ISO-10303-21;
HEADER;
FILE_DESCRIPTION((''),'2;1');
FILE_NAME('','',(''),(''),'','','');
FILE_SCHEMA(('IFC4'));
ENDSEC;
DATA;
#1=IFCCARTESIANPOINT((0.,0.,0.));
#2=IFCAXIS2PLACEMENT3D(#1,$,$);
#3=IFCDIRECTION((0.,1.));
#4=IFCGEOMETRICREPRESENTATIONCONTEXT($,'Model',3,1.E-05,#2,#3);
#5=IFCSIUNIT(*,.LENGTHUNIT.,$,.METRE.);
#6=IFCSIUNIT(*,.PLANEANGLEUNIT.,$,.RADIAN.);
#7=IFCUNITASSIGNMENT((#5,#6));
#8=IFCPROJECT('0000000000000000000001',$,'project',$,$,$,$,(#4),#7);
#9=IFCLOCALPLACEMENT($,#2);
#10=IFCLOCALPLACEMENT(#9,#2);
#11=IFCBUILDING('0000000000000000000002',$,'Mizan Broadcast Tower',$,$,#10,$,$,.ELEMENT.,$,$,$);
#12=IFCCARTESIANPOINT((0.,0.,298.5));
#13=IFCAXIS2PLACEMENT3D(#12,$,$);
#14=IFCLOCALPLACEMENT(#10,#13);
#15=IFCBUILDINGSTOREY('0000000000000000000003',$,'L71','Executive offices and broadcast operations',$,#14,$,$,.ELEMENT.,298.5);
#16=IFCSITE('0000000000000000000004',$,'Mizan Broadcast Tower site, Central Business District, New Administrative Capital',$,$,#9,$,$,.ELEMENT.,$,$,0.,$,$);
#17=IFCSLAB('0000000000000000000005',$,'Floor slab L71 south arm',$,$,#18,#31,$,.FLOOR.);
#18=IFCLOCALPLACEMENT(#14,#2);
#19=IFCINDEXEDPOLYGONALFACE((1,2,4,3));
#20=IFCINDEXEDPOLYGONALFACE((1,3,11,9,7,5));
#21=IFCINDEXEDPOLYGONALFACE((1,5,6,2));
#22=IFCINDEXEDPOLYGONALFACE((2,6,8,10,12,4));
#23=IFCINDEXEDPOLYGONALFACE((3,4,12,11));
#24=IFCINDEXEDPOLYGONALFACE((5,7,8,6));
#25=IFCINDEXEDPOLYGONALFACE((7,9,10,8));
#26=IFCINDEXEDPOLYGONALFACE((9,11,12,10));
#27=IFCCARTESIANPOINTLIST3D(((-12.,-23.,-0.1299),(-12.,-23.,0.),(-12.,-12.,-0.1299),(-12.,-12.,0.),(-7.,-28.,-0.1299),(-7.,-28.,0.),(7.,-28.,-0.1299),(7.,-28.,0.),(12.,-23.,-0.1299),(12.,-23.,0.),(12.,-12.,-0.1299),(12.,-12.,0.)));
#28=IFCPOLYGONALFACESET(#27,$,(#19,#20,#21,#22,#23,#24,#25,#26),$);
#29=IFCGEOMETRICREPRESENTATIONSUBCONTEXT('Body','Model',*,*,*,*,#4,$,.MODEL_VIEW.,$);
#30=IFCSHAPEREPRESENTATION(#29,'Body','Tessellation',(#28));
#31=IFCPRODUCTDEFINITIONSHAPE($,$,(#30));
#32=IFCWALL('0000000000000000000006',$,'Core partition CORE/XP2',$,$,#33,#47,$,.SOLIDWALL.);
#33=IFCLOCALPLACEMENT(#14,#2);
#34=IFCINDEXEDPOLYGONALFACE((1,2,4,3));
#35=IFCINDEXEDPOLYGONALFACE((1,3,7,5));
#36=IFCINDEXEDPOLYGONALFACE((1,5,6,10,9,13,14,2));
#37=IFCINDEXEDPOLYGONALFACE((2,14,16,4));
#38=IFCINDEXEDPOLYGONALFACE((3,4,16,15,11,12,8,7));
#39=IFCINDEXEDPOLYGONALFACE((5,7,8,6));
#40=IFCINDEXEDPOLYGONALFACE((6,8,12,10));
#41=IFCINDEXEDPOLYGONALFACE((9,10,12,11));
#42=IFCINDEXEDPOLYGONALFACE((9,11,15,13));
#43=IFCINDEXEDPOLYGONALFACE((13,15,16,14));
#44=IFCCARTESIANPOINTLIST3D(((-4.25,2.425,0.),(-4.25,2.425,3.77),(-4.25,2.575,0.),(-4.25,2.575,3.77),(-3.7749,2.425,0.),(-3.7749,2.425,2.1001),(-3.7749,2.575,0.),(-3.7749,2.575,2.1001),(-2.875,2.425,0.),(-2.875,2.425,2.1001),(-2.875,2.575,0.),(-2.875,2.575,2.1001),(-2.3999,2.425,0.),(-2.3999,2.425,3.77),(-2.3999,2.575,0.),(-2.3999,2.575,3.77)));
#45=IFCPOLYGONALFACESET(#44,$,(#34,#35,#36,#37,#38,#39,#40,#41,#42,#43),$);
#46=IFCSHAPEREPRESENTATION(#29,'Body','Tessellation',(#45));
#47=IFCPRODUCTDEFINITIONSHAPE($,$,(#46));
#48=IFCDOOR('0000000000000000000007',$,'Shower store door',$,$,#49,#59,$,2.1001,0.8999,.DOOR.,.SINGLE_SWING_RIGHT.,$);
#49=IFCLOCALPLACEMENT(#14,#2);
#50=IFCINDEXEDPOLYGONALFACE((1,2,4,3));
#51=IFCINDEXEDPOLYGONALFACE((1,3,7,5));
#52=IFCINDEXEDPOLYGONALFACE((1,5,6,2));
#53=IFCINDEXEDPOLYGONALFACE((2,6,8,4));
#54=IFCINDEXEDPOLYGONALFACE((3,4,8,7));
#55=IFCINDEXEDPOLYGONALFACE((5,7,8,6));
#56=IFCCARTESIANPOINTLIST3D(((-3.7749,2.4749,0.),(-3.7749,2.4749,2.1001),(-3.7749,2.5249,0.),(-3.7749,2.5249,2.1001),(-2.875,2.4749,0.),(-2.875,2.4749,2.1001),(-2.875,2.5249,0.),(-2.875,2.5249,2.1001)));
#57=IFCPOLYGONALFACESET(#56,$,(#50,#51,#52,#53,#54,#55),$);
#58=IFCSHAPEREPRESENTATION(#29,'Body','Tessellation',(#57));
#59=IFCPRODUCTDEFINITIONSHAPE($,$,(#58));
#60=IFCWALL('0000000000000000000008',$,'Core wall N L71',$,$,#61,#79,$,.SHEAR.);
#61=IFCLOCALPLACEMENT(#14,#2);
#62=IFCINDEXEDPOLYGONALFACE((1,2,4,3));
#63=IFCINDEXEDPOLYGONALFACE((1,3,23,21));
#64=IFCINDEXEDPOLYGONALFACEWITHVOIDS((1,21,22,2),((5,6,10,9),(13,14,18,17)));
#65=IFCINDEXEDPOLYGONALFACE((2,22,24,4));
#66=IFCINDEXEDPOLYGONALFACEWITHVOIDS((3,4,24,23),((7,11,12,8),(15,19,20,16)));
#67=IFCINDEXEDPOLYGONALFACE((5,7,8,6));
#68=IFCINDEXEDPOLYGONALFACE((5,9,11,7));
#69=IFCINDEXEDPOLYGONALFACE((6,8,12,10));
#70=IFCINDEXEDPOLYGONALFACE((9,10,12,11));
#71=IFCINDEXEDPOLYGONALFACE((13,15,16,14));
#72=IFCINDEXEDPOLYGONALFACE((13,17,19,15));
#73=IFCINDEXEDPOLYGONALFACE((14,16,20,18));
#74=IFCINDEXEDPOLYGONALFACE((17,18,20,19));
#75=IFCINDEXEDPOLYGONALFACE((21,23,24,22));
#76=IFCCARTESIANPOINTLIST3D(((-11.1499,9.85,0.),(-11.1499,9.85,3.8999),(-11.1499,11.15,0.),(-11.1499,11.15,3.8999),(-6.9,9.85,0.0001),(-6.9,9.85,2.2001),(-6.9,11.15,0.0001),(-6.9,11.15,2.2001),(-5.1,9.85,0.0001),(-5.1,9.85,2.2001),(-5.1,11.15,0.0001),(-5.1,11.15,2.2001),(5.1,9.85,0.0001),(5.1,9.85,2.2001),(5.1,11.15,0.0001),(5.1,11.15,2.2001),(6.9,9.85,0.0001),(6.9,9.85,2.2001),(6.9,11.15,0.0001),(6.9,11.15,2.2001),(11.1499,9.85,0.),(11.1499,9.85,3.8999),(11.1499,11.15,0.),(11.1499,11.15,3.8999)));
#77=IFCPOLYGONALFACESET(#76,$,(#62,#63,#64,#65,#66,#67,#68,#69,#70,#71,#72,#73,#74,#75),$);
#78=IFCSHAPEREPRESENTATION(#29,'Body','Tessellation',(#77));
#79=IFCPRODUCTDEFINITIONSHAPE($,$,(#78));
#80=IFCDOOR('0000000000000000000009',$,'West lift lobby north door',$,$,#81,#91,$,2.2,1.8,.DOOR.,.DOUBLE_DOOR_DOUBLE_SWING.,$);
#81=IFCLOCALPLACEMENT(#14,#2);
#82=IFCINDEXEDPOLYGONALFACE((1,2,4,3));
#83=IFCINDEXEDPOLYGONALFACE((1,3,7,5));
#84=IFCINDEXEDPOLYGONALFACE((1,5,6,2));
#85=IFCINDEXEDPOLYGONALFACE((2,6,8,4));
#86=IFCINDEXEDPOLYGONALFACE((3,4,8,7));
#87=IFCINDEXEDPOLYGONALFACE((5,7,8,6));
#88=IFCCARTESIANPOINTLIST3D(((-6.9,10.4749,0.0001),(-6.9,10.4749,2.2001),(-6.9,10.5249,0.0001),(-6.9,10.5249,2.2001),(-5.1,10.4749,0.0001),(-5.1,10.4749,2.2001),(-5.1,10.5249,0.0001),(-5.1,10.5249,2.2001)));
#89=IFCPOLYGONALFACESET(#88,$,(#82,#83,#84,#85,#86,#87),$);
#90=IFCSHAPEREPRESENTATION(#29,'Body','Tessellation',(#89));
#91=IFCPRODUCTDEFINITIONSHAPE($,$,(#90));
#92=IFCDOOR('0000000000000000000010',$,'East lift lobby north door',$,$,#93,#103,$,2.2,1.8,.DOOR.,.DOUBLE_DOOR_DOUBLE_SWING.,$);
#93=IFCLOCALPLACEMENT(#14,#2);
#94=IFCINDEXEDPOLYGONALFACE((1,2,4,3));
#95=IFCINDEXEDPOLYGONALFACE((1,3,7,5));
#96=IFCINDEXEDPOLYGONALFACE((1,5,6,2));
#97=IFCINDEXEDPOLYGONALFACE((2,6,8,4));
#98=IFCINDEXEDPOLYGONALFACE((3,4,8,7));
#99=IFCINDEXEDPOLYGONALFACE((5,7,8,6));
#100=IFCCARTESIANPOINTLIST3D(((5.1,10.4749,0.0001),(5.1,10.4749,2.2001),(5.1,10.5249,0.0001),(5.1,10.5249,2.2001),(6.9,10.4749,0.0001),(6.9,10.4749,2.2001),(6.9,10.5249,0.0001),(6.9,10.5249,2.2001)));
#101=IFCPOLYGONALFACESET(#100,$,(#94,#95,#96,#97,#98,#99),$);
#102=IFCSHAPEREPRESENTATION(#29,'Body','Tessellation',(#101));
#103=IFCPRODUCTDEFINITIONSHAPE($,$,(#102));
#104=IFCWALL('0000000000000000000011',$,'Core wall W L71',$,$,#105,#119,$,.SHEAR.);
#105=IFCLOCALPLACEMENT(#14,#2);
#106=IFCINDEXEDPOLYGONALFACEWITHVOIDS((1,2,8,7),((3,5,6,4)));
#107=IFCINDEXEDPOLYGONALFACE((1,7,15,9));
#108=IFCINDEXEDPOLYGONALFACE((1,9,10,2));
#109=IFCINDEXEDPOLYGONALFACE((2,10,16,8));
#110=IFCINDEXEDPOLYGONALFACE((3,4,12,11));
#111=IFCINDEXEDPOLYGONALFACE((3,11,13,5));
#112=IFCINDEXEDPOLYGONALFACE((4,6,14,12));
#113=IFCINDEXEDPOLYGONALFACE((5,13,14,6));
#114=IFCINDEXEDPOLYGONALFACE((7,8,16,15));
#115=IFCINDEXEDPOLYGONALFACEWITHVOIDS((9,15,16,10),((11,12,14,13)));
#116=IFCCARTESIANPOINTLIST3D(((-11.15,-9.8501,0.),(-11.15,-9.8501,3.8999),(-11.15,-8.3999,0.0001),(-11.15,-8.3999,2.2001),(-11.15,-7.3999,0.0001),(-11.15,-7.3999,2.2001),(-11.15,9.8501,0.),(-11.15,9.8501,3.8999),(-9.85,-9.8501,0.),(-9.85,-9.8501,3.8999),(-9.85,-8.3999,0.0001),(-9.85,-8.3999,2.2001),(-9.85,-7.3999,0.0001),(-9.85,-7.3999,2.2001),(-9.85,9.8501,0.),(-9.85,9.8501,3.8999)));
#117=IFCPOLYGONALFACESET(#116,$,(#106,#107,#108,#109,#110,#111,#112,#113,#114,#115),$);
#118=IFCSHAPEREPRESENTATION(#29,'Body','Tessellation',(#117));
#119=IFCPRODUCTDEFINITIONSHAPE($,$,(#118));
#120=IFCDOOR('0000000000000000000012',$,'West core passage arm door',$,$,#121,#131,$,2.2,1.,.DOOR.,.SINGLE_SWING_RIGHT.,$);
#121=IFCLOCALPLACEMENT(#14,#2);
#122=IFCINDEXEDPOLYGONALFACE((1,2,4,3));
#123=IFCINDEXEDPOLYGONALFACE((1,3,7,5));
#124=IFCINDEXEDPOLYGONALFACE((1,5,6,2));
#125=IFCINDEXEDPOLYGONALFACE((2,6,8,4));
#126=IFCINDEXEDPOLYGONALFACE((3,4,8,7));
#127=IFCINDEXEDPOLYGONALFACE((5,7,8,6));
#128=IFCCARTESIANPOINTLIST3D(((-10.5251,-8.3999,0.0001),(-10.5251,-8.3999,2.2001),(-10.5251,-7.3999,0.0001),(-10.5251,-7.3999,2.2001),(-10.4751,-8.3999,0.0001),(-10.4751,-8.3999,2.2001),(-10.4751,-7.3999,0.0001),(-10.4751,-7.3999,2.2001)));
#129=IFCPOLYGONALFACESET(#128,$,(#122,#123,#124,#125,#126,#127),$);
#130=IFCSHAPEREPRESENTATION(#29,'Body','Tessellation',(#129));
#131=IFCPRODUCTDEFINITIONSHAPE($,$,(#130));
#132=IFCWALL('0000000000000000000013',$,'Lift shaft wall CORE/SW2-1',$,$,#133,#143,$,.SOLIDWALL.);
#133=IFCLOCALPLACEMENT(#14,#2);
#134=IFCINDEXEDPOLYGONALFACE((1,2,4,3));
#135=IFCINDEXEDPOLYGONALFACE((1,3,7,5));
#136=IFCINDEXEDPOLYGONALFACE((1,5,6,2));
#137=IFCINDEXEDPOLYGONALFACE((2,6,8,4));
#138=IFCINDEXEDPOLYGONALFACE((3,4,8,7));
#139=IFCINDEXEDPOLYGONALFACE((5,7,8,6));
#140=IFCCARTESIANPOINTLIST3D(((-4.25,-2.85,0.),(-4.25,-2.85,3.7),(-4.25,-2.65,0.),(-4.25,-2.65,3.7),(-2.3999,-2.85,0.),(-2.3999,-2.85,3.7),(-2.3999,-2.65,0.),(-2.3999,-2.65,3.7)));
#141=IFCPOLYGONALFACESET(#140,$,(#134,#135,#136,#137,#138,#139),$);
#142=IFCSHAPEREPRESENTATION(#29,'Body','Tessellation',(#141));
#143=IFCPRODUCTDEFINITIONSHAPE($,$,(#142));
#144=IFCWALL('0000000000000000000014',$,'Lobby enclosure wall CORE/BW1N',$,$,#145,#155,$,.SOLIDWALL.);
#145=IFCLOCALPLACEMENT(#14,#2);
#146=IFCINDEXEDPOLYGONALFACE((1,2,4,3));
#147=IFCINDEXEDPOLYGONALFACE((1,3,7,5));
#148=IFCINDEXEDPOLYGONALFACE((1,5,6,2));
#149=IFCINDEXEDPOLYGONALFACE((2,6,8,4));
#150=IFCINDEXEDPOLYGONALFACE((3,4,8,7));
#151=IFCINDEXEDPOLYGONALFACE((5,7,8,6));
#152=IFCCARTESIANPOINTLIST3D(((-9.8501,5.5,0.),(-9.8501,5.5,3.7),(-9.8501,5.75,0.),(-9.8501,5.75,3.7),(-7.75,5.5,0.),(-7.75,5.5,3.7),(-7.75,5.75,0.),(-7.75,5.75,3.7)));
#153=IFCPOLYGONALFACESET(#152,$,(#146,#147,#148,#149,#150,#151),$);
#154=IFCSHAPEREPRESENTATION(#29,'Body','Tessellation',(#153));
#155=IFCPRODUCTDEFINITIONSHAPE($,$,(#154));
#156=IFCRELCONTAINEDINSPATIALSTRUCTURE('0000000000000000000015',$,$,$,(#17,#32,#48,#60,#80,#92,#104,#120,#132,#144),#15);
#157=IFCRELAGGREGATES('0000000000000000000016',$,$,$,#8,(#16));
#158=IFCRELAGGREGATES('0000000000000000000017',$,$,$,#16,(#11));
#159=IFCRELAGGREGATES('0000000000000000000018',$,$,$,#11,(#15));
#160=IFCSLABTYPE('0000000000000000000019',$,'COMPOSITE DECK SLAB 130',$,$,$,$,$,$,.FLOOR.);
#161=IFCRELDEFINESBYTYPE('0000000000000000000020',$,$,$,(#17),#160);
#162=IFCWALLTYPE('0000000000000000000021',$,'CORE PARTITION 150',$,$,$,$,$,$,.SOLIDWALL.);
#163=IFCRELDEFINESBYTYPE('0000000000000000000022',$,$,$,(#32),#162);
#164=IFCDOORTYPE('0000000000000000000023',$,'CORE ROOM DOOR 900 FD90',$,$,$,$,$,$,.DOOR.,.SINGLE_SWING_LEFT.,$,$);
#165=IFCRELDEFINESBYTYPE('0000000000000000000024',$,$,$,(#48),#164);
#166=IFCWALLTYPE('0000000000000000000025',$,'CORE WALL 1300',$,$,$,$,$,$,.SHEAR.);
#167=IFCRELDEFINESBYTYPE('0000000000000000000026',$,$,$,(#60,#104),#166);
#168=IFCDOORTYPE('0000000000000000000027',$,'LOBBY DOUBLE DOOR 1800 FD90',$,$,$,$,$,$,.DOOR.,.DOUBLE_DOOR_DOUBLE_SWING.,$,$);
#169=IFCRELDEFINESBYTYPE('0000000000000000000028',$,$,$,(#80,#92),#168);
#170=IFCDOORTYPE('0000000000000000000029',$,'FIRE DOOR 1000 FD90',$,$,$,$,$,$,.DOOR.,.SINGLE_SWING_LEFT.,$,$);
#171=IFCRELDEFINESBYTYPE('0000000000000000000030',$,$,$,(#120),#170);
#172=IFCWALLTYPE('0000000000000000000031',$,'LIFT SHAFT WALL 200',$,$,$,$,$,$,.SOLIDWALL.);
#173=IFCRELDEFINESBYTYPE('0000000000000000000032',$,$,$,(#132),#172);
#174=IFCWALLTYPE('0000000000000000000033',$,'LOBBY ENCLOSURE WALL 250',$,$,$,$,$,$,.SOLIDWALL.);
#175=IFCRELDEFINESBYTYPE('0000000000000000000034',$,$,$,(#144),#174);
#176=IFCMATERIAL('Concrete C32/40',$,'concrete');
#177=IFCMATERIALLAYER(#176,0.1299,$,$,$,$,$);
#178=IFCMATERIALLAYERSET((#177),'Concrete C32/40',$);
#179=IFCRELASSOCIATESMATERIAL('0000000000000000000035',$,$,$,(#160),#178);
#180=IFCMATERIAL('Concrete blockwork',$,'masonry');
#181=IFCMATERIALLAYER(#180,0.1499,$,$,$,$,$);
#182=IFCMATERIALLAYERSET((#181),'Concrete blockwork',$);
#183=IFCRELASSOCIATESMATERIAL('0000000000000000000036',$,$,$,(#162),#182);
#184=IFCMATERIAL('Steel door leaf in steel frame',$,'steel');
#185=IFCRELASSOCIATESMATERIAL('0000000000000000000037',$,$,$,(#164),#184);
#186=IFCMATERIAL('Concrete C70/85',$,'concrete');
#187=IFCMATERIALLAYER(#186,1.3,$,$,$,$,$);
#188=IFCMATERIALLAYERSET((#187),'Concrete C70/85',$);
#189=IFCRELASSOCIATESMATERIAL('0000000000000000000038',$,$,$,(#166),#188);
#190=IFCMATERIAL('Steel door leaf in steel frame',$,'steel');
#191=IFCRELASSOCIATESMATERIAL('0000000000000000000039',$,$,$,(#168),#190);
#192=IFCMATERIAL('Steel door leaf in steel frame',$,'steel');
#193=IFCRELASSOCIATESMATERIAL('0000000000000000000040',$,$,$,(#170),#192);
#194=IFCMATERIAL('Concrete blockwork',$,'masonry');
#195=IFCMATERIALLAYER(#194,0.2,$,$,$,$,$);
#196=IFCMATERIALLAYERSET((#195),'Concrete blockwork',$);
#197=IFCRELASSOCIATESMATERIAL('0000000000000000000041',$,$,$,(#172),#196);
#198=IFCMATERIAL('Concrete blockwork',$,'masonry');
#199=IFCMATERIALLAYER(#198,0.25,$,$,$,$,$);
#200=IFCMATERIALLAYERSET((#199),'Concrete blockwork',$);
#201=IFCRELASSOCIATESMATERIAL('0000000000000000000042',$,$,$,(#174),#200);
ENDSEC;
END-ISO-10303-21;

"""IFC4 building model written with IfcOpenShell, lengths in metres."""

from ifc_helpers import new_model, si_unit, direction, frame, frame_2d, origin, place, context, subcontext, project, spatial, polyline, rectangle, outline, extrude, material, layer, layer_set, type_object, element, fill, save


model = new_model("IFC4")

# Units and contexts
model_context = context("Model", 3, precision=1e-05, world=origin(), true_north=direction((0.0, 1.0)))
body_context = subcontext(model_context, "Body", "Model", "MODEL_VIEW")
ifc_project = project(units=[si_unit("LENGTHUNIT", "METRE"), si_unit("PLANEANGLEUNIT", "RADIAN")], contexts=[model_context])

# Site, building, storey
site_placement = place(None, origin())
site = spatial("IfcSite", under=ifc_project, at=site_placement, Name="Mizan Broadcast Tower site, Central Business District, New Administrative Capital", CompositionType="ELEMENT", RefElevation=0.0)
building_placement = place(site_placement, origin())
building = spatial("IfcBuilding", under=site, at=building_placement, Name="Mizan Broadcast Tower", CompositionType="ELEMENT")
storey_placement = place(building_placement, frame((0.0, 0.0, 298.5)))
storey = spatial("IfcBuildingStorey", under=building, at=storey_placement, Name="L71", Description="Executive offices and broadcast operations", CompositionType="ELEMENT", Elevation=298.5)

# Slab
ifc_material_1 = material(Name="Concrete C32/40", Category="concrete")
ifc_layer_1 = layer(ifc_material_1, 0.1299)
ifc_layer_set_1 = layer_set([ifc_layer_1], Name="Concrete C32/40")
slab_type = type_object("IfcSlabType", Name="COMPOSITE DECK SLAB 130", PredefinedType="FLOOR", material=ifc_layer_set_1)
slab_1_placement = place(storey_placement, frame((0.0, 0.0, -0.1299)))
element("IfcSlab", 1, at=slab_1_placement, inside=storey, type_object=slab_type, Name="Floor slab L71 south arm", PredefinedType="FLOOR", context=body_context, shape_type="SweptSolid", body=[
    extrude(outline(polyline([(7.0, -28.0), (12.0, -23.0), (12.0, -12.0), (-12.0, -12.0), (-12.0, -23.0), (-7.0, -28.0), (7.0, -28.0)])), origin(), (0.0, 0.0, 1.0), 0.1299),
])

# Wall, opening, door
ifc_material_2 = material(Name="Concrete blockwork", Category="masonry")
ifc_layer_2 = layer(ifc_material_2, 0.1499)
ifc_layer_set_2 = layer_set([ifc_layer_2], Name="Concrete blockwork")
wall_type_1 = type_object("IfcWallType", Name="CORE PARTITION 150", PredefinedType="SOLIDWALL", material=ifc_layer_set_2)
wall_1_placement = place(storey_placement, frame((-4.25, 2.5, 0.0), z_axis=(0.0, 0.0, 1.0), x_axis=(1.0, 0.0, 0.0)))
wall_1 = element("IfcWall", 2, at=wall_1_placement, inside=storey, type_object=wall_type_1, Name="Core partition CORE/XP2", PredefinedType="SOLIDWALL", context=body_context, shape_type="SweptSolid", body=[
    extrude(rectangle(XDim=1.8501, YDim=0.1499, at=frame_2d((0.925, 0.0))), origin(), (0.0, 0.0, 1.0), 3.77),
])
opening_1_placement = place(wall_1_placement, frame((0.4751, 0.0, 0.0)))
opening_1 = element("IfcOpeningElement", 3, at=opening_1_placement, cuts=wall_1, PredefinedType="OPENING", context=body_context, shape_type="SweptSolid", body=[
    extrude(rectangle(XDim=0.8999, YDim=2.1001, at=frame_2d((0.45, 1.05))), frame((0.0, 0.085, 0.0), z_axis=(0.0, -1.0, 0.0), x_axis=(1.0, 0.0, 0.0)), (0.0, 0.0, 1.0), 0.1699),
])
ifc_material_3 = material(Name="Steel door leaf in steel frame", Category="steel")
door_type_1 = type_object("IfcDoorType", Name="CORE ROOM DOOR 900 FD90", OperationType="SINGLE_SWING_LEFT", PredefinedType="DOOR", material=ifc_material_3)
door_1_placement = place(opening_1_placement, origin())
door_1 = element("IfcDoor", 4, at=door_1_placement, inside=storey, type_object=door_type_1, Name="Shower store door", OperationType="SINGLE_SWING_RIGHT", OverallHeight=2.1001, OverallWidth=0.8999, PredefinedType="DOOR", context=body_context, shape_type="SweptSolid", body=[
    extrude(rectangle(XDim=0.8999, YDim=2.1001, at=frame_2d((0.45, 1.05))), frame((0.0, 0.0249, 0.0), z_axis=(0.0, -1.0, 0.0), x_axis=(1.0, 0.0, 0.0)), (0.0, 0.0, 1.0), 0.05),
])
fill(opening_1, door_1)

# Wall, openings, doors
ifc_material_4 = material(Name="Concrete C70/85", Category="concrete")
ifc_layer_3 = layer(ifc_material_4, 1.3)
ifc_layer_set_3 = layer_set([ifc_layer_3], Name="Concrete C70/85")
wall_type_2 = type_object("IfcWallType", Name="CORE WALL 1300", PredefinedType="SHEAR", material=ifc_layer_set_3)
wall_2_placement = place(storey_placement, frame((-11.1499, 10.5, 0.0), z_axis=(0.0, 0.0, 1.0), x_axis=(1.0, 0.0, 0.0)))
wall_2 = element("IfcWall", 5, at=wall_2_placement, inside=storey, type_object=wall_type_2, Name="Core wall N L71", PredefinedType="SHEAR", context=body_context, shape_type="SweptSolid", body=[
    extrude(rectangle(XDim=22.2998, YDim=1.3, at=frame_2d((11.1499, 0.0))), origin(), (0.0, 0.0, 1.0), 3.8999),
])
opening_2_placement = place(wall_2_placement, frame((4.25, 0.0, 0.0)))
opening_2 = element("IfcOpeningElement", 6, at=opening_2_placement, cuts=wall_2, PredefinedType="OPENING", context=body_context, shape_type="SweptSolid", body=[
    extrude(rectangle(XDim=1.8, YDim=2.2, at=frame_2d((0.8999, 1.1001))), frame((0.0, 0.6599, 0.0), z_axis=(0.0, -1.0, 0.0), x_axis=(1.0, 0.0, 0.0)), (0.0, 0.0, 1.0), 1.3201),
])
opening_3_placement = place(wall_2_placement, frame((16.25, 0.0, 0.0)))
opening_3 = element("IfcOpeningElement", 7, at=opening_3_placement, cuts=wall_2, PredefinedType="OPENING", context=body_context, shape_type="SweptSolid", body=[
    extrude(rectangle(XDim=1.8, YDim=2.2, at=frame_2d((0.8999, 1.1001))), frame((0.0, 0.6599, 0.0), z_axis=(0.0, -1.0, 0.0), x_axis=(1.0, 0.0, 0.0)), (0.0, 0.0, 1.0), 1.3201),
])
ifc_material_5 = material(Name="Steel door leaf in steel frame", Category="steel")
door_type_2 = type_object("IfcDoorType", Name="LOBBY DOUBLE DOOR 1800 FD90", OperationType="DOUBLE_DOOR_DOUBLE_SWING", PredefinedType="DOOR", material=ifc_material_5)
door_2_placement = place(opening_2_placement, origin())
door_2 = element("IfcDoor", 8, at=door_2_placement, inside=storey, type_object=door_type_2, Name="West lift lobby north door", OperationType="DOUBLE_DOOR_DOUBLE_SWING", OverallHeight=2.2, OverallWidth=1.8, PredefinedType="DOOR", context=body_context, shape_type="SweptSolid", body=[
    extrude(rectangle(XDim=1.8, YDim=2.2, at=frame_2d((0.8999, 1.1001))), frame((0.0, 0.0249, 0.0), z_axis=(0.0, -1.0, 0.0), x_axis=(1.0, 0.0, 0.0)), (0.0, 0.0, 1.0), 0.05),
])
fill(opening_2, door_2)
door_3_placement = place(opening_3_placement, origin())
door_3 = element("IfcDoor", 9, at=door_3_placement, inside=storey, type_object=door_type_2, Name="East lift lobby north door", OperationType="DOUBLE_DOOR_DOUBLE_SWING", OverallHeight=2.2, OverallWidth=1.8, PredefinedType="DOOR", context=body_context, shape_type="SweptSolid", body=[
    extrude(rectangle(XDim=1.8, YDim=2.2, at=frame_2d((0.8999, 1.1001))), frame((0.0, 0.0249, 0.0), z_axis=(0.0, -1.0, 0.0), x_axis=(1.0, 0.0, 0.0)), (0.0, 0.0, 1.0), 0.05),
])
fill(opening_3, door_3)

# Wall, opening, door
wall_3_placement = place(storey_placement, frame((-10.5, 9.8501, 0.0), z_axis=(0.0, 0.0, 1.0), x_axis=(0.0, -1.0, 0.0)))
wall_3 = element("IfcWall", 10, at=wall_3_placement, inside=storey, type_object=wall_type_2, Name="Core wall W L71", PredefinedType="SHEAR", context=body_context, shape_type="SweptSolid", body=[
    extrude(rectangle(XDim=19.7002, YDim=1.3, at=frame_2d((9.8501, 0.0))), origin(), (0.0, 0.0, 1.0), 3.8999),
])
opening_4_placement = place(wall_3_placement, frame((17.25, 0.0, 0.0)))
opening_4 = element("IfcOpeningElement", 11, at=opening_4_placement, cuts=wall_3, PredefinedType="OPENING", context=body_context, shape_type="SweptSolid", body=[
    extrude(rectangle(XDim=1.0, YDim=2.2, at=frame_2d((0.5, 1.1001))), frame((0.0, 0.6599, 0.0), z_axis=(0.0, -1.0, 0.0), x_axis=(1.0, 0.0, 0.0)), (0.0, 0.0, 1.0), 1.3201),
])
ifc_material_6 = material(Name="Steel door leaf in steel frame", Category="steel")
door_type_3 = type_object("IfcDoorType", Name="FIRE DOOR 1000 FD90", OperationType="SINGLE_SWING_LEFT", PredefinedType="DOOR", material=ifc_material_6)
door_4_placement = place(opening_4_placement, origin())
door_4 = element("IfcDoor", 12, at=door_4_placement, inside=storey, type_object=door_type_3, Name="West core passage arm door", OperationType="SINGLE_SWING_RIGHT", OverallHeight=2.2, OverallWidth=1.0, PredefinedType="DOOR", context=body_context, shape_type="SweptSolid", body=[
    extrude(rectangle(XDim=1.0, YDim=2.2, at=frame_2d((0.5, 1.1001))), frame((0.0, 0.0249, 0.0), z_axis=(0.0, -1.0, 0.0), x_axis=(1.0, 0.0, 0.0)), (0.0, 0.0, 1.0), 0.05),
])
fill(opening_4, door_4)

# Walls
ifc_material_7 = material(Name="Concrete blockwork", Category="masonry")
ifc_layer_4 = layer(ifc_material_7, 0.2)
ifc_layer_set_4 = layer_set([ifc_layer_4], Name="Concrete blockwork")
wall_type_3 = type_object("IfcWallType", Name="LIFT SHAFT WALL 200", PredefinedType="SOLIDWALL", material=ifc_layer_set_4)
wall_4_placement = place(storey_placement, frame((-4.25, -2.75, 0.0), z_axis=(0.0, 0.0, 1.0), x_axis=(1.0, 0.0, 0.0)))
element("IfcWall", 13, at=wall_4_placement, inside=storey, type_object=wall_type_3, Name="Lift shaft wall CORE/SW2-1", PredefinedType="SOLIDWALL", context=body_context, shape_type="SweptSolid", body=[
    extrude(rectangle(XDim=1.8501, YDim=0.2, at=frame_2d((0.925, 0.0))), origin(), (0.0, 0.0, 1.0), 3.7),
])
ifc_material_8 = material(Name="Concrete blockwork", Category="masonry")
ifc_layer_5 = layer(ifc_material_8, 0.25)
ifc_layer_set_5 = layer_set([ifc_layer_5], Name="Concrete blockwork")
wall_type_4 = type_object("IfcWallType", Name="LOBBY ENCLOSURE WALL 250", PredefinedType="SOLIDWALL", material=ifc_layer_set_5)
wall_5_placement = place(storey_placement, frame((-9.8501, 5.625, 0.0), z_axis=(0.0, 0.0, 1.0), x_axis=(1.0, 0.0, 0.0)))
element("IfcWall", 14, at=wall_5_placement, inside=storey, type_object=wall_type_4, Name="Lobby enclosure wall CORE/BW1N", PredefinedType="SOLIDWALL", context=body_context, shape_type="SweptSolid", body=[
    extrude(rectangle(XDim=2.1001, YDim=0.25, at=frame_2d((1.05, 0.0))), origin(), (0.0, 0.0, 1.0), 3.7),
])

save(model, "model.ifc")
